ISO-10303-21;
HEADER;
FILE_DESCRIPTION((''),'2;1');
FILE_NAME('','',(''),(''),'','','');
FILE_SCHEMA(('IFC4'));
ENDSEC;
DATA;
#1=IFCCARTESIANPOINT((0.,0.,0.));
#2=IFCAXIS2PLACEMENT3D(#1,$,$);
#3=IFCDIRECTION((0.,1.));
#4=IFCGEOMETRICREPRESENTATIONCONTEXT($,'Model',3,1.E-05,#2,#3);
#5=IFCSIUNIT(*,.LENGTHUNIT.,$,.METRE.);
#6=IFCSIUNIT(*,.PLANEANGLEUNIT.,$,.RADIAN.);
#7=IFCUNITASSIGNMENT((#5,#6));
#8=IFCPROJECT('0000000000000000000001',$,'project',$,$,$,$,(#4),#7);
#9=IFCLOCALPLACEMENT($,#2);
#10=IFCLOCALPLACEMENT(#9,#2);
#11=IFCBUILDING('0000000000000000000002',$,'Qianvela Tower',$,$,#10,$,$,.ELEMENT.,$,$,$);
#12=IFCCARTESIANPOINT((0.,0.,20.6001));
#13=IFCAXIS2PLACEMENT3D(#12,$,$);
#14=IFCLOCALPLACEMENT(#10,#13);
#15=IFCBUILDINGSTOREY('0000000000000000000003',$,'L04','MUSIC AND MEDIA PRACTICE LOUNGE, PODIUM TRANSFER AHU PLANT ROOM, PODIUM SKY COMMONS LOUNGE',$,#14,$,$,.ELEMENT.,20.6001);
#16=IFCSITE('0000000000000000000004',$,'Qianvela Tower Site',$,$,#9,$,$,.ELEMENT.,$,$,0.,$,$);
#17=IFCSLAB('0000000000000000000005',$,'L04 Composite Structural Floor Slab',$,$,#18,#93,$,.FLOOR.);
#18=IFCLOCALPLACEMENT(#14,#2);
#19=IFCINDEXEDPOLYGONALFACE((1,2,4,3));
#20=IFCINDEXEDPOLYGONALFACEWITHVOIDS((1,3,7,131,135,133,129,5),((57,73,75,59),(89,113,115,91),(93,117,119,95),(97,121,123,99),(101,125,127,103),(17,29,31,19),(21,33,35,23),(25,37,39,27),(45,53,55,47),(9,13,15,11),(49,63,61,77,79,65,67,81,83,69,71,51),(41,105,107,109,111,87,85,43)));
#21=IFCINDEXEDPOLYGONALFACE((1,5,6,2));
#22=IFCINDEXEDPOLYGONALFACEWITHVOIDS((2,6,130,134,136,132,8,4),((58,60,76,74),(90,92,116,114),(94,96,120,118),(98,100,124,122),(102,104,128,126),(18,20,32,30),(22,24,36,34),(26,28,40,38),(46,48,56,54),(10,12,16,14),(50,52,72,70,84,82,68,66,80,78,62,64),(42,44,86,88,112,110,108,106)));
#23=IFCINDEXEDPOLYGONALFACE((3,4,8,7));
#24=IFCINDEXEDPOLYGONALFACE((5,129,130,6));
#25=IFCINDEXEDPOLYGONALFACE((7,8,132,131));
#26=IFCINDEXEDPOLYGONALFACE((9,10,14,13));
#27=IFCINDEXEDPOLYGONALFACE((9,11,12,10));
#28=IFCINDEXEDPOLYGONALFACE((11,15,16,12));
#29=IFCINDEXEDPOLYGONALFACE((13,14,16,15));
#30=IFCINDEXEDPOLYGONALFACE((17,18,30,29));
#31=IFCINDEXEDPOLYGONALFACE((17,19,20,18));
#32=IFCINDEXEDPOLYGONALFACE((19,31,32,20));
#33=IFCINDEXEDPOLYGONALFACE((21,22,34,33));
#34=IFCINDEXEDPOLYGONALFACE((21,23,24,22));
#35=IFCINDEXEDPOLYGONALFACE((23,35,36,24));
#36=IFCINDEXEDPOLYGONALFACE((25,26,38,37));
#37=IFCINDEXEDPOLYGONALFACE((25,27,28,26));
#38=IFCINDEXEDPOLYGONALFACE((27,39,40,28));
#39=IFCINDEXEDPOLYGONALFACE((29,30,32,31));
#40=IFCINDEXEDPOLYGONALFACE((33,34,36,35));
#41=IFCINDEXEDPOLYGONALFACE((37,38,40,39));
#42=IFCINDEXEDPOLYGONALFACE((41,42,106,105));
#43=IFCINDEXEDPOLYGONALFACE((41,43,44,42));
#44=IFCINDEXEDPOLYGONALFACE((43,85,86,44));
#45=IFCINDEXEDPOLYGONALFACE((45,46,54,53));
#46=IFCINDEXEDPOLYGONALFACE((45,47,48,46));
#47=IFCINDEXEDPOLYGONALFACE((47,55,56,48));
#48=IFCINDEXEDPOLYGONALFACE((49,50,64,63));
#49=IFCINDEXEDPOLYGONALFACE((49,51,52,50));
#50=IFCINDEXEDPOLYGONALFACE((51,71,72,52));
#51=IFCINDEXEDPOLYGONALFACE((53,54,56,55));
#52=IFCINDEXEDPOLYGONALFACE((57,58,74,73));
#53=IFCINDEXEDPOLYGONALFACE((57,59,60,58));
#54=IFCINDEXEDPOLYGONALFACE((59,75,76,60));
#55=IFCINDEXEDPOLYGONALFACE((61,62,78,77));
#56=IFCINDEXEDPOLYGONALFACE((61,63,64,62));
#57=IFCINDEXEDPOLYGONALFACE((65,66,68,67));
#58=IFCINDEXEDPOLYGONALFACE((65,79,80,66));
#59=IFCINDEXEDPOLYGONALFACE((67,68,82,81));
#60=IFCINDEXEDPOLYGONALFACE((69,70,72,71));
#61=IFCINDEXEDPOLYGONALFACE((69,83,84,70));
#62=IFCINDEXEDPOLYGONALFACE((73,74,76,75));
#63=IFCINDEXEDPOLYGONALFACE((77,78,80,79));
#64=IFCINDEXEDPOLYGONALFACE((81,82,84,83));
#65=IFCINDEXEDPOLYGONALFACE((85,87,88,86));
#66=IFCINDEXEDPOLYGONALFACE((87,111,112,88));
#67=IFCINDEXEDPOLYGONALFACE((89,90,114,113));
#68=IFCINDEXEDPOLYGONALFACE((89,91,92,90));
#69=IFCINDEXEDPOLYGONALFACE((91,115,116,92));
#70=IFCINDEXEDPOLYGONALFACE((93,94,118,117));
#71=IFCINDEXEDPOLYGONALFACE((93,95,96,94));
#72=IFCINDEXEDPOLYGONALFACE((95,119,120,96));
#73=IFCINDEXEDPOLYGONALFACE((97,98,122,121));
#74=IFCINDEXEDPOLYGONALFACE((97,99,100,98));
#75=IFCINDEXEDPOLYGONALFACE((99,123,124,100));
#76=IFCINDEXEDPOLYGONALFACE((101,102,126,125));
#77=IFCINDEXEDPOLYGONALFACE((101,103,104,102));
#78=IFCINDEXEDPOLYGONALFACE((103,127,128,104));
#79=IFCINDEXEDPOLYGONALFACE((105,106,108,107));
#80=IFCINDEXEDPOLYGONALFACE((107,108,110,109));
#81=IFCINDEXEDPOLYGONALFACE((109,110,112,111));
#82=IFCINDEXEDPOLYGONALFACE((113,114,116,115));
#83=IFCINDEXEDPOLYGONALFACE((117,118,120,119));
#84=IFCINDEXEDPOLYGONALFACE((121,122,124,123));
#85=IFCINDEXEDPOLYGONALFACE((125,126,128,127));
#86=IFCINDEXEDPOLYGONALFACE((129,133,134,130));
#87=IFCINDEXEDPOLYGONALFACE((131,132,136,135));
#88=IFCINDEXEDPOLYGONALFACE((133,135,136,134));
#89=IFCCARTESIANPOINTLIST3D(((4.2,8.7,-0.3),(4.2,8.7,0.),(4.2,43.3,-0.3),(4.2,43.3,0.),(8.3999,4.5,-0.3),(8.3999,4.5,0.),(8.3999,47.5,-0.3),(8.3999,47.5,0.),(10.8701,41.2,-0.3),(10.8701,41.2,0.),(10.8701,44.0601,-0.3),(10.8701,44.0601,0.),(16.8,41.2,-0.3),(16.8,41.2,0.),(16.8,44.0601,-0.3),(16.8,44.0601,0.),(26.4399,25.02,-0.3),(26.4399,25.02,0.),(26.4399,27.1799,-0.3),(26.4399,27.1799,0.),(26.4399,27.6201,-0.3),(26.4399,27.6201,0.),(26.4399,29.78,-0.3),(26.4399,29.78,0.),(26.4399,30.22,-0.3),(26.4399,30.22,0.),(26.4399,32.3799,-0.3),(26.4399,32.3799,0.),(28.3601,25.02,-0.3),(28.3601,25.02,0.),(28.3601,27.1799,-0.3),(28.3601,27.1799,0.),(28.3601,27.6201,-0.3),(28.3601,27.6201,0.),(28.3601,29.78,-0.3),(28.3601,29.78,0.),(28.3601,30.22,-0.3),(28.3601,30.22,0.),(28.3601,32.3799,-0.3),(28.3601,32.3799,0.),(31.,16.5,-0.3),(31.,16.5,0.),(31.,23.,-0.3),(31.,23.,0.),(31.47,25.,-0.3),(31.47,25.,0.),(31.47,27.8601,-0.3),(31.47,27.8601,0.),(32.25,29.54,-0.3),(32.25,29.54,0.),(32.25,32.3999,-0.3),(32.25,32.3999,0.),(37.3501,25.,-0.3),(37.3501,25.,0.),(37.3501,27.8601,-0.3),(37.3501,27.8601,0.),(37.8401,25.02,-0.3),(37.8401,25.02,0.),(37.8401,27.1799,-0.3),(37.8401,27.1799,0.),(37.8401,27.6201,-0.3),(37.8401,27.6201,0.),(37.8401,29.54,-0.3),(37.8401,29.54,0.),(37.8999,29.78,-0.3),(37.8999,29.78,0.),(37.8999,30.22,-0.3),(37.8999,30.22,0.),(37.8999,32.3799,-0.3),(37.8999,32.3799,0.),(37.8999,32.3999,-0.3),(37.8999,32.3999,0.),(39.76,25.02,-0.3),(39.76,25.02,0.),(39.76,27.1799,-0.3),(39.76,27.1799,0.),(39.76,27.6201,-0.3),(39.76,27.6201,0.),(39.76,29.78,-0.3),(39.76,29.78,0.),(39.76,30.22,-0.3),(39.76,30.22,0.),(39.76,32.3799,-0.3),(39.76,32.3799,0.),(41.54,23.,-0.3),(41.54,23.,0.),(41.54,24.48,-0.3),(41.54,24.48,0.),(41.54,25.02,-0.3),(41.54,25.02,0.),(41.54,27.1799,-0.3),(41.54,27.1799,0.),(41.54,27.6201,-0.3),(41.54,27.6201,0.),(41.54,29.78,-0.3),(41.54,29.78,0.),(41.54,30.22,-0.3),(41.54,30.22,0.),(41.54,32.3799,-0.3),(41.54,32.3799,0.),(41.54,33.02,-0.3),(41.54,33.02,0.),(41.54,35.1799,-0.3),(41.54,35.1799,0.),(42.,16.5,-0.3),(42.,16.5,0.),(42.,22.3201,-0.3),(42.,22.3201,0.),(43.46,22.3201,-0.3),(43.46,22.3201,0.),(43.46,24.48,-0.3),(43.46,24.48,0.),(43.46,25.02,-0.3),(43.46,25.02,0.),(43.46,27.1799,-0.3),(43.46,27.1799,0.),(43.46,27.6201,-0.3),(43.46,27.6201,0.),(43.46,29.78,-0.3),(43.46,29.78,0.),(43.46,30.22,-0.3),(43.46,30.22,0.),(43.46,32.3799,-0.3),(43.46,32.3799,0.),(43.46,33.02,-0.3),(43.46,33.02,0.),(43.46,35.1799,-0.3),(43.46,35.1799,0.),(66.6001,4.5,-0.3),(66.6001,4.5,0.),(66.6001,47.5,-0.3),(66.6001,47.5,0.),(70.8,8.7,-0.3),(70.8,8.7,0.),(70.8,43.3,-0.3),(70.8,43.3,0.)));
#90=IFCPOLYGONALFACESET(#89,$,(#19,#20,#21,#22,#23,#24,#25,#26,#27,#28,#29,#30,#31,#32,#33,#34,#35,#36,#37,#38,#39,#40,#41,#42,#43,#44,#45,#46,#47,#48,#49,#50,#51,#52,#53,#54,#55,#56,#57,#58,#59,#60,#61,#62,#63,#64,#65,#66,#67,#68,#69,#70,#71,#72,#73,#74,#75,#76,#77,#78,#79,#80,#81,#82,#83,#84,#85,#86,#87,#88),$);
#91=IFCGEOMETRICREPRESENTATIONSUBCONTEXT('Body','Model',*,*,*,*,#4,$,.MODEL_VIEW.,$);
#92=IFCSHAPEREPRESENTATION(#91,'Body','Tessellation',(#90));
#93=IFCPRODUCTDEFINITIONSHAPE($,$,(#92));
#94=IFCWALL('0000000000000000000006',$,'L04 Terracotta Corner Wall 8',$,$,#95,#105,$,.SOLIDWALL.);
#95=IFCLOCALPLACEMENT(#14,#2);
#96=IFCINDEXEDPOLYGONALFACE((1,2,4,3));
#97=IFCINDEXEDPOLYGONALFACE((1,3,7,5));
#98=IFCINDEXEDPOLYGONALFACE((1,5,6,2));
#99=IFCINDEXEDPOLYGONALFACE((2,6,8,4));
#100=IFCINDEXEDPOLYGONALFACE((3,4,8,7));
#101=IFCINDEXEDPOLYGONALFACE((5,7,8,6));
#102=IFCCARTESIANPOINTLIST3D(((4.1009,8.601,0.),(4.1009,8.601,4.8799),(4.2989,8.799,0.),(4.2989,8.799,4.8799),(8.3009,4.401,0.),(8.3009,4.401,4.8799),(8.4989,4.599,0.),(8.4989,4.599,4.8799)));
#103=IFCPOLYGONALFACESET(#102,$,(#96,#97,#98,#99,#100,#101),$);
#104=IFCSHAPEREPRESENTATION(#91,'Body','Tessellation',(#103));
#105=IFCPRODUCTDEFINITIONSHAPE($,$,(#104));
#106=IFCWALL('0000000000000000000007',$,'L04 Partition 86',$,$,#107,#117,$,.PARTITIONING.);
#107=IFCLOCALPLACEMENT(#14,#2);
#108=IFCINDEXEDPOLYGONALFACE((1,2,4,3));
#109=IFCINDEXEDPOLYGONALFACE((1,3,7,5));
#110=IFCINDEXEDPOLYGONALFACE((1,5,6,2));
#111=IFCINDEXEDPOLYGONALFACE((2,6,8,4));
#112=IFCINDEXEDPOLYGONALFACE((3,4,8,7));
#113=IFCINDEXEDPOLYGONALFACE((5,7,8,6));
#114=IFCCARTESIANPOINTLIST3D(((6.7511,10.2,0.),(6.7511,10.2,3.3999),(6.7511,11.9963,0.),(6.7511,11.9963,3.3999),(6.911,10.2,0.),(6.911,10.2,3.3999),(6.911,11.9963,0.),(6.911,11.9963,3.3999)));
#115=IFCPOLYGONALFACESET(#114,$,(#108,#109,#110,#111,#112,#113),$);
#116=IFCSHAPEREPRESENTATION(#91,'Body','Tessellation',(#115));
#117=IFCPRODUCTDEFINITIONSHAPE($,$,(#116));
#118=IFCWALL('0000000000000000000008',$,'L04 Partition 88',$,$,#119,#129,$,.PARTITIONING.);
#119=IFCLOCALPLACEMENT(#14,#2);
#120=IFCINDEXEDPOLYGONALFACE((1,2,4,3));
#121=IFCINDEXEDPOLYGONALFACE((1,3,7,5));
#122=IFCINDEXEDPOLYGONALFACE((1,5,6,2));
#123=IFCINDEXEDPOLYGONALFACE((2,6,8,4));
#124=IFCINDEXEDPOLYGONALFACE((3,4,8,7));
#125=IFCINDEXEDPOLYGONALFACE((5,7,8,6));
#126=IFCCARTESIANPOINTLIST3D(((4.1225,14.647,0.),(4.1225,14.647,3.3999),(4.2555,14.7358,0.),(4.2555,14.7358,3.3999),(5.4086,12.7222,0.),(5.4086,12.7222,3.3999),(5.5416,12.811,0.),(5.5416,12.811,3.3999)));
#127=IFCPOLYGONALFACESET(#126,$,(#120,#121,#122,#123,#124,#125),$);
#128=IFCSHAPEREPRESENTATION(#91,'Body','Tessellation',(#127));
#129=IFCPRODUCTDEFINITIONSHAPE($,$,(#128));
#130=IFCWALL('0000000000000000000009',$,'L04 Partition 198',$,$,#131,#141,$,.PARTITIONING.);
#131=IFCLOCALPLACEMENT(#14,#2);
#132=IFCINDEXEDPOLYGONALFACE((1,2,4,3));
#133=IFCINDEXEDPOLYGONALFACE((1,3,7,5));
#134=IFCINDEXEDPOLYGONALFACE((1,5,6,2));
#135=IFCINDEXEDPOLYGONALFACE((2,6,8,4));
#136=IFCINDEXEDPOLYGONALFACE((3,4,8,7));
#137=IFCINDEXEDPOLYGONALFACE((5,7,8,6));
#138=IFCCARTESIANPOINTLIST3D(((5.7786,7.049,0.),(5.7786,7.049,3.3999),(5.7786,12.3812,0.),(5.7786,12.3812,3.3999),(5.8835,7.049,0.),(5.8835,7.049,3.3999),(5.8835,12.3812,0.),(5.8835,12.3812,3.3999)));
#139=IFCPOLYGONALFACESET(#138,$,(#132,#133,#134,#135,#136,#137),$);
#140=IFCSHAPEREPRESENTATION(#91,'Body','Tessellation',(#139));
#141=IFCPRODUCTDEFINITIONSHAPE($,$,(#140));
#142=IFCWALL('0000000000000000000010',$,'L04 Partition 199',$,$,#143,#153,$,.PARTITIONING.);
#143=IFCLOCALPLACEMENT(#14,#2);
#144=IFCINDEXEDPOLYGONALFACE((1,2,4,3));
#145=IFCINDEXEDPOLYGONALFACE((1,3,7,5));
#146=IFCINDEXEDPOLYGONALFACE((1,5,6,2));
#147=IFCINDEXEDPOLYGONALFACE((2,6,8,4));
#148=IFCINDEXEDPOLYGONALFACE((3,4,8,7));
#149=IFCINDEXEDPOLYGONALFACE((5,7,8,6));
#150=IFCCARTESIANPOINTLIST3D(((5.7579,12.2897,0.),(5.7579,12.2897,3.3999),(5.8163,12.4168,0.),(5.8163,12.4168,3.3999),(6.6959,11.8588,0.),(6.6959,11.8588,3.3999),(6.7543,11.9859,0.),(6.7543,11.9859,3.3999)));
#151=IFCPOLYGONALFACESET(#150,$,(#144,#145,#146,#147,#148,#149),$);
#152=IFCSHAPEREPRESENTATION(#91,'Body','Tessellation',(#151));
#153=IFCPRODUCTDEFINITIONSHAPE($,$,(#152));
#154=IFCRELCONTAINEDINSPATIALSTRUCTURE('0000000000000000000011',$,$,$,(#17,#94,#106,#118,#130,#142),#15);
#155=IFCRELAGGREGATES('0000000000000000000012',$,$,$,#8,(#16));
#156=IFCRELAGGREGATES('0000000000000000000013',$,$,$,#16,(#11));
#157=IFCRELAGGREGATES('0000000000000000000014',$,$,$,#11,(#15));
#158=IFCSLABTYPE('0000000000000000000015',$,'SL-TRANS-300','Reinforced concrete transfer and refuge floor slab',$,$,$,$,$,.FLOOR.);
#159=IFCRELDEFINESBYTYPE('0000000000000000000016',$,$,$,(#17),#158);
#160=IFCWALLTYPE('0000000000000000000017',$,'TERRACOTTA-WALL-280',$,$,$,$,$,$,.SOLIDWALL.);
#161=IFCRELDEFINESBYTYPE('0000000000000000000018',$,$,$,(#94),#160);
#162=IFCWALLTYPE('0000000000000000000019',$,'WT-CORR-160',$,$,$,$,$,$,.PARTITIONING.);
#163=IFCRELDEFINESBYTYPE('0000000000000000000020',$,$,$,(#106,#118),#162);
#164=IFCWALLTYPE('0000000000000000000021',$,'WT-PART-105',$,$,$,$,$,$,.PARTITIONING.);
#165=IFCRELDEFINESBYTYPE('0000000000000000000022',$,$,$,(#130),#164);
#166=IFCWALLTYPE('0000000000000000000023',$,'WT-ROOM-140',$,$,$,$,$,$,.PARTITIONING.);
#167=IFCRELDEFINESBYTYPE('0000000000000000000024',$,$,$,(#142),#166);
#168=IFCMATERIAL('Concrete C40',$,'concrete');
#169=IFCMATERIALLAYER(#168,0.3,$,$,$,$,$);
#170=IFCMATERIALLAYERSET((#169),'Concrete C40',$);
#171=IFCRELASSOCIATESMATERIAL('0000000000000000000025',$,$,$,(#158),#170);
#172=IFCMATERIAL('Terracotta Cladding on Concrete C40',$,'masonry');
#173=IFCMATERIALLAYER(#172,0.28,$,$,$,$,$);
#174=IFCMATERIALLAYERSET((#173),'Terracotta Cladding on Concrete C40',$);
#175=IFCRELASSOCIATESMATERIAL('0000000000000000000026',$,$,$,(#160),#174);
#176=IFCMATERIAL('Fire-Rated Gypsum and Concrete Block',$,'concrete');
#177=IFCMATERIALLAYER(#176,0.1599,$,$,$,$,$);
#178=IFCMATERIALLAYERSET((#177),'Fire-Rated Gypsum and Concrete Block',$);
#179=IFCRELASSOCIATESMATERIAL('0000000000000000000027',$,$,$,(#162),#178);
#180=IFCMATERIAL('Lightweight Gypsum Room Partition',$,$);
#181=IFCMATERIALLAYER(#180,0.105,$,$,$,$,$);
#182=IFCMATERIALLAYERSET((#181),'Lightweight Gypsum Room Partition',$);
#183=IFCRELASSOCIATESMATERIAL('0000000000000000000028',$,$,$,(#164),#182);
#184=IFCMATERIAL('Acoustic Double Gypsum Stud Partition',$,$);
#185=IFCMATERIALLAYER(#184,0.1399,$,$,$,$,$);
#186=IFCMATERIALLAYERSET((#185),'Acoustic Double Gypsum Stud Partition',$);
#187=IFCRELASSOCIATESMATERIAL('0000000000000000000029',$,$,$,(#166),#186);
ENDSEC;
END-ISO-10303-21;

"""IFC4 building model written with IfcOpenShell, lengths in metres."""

from ifc_helpers import new_model, si_unit, direction, frame, frame_2d, origin, place, context, subcontext, project, spatial, polyline, rectangle, outline, extrude, material, layer, layer_set, type_object, element, save


model = new_model("IFC4")

# Units and contexts
model_context = context("Model", 3, precision=1e-05, world=origin(), true_north=direction((0.0, 1.0)))
body_context = subcontext(model_context, "Body", "Model", "MODEL_VIEW")
ifc_project = project(units=[si_unit("LENGTHUNIT", "METRE"), si_unit("PLANEANGLEUNIT", "RADIAN")], contexts=[model_context])

# Site, building, storey
site_placement = place(None, origin())
site = spatial("IfcSite", under=ifc_project, at=site_placement, Name="Qianvela Tower Site", CompositionType="ELEMENT", RefElevation=0.0)
building_placement = place(site_placement, origin())
building = spatial("IfcBuilding", under=site, at=building_placement, Name="Qianvela Tower", CompositionType="ELEMENT")
storey_placement = place(building_placement, frame((0.0, 0.0, 20.6001)))
storey = spatial("IfcBuildingStorey", under=building, at=storey_placement, Name="L04", Description="MUSIC AND MEDIA PRACTICE LOUNGE, PODIUM TRANSFER AHU PLANT ROOM, PODIUM SKY COMMONS LOUNGE", CompositionType="ELEMENT", Elevation=20.6001)

# Slab
ifc_material_1 = material(Name="Concrete C40", Category="concrete")
ifc_layer_1 = layer(ifc_material_1, 0.3)
ifc_layer_set_1 = layer_set([ifc_layer_1], Name="Concrete C40")
slab_type_1 = type_object("IfcSlabType", Name="SL-TRANS-300", Description="Reinforced concrete transfer and refuge floor slab", PredefinedType="FLOOR", material=ifc_layer_set_1)
slab_1_placement = place(storey_placement, frame((0.0, 0.0, -0.3)))
element("IfcSlab", 1, at=slab_1_placement, inside=storey, type_object=slab_type_1, Name="L04 Composite Structural Floor Slab", PredefinedType="FLOOR", context=body_context, shape_type="SweptSolid", body=[
    extrude(outline(polyline([(8.3999, 4.5), (66.6001, 4.5), (70.8, 8.7), (70.8, 43.3), (66.6001, 47.5), (8.3999, 47.5), (4.2, 43.3), (4.2, 8.7), (8.3999, 4.5)]), holes=[polyline([(42.0, 22.3201), (43.46, 22.3201), (43.46, 24.48), (41.54, 24.48), (41.54, 23.0), (31.0, 23.0), (31.0, 16.5), (42.0, 16.5), (42.0, 22.3201)]), polyline([(28.3601, 25.02), (28.3601, 27.1799), (26.4399, 27.1799), (26.4399, 25.02), (28.3601, 25.02)]), polyline([(37.3501, 25.0), (37.3501, 27.8601), (31.47, 27.8601), (31.47, 25.0), (37.3501, 25.0)]), polyline([(28.3601, 27.6201), (28.3601, 29.78), (26.4399, 29.78), (26.4399, 27.6201), (28.3601, 27.6201)]), polyline([(37.8999, 32.3799), (37.8999, 32.3999), (32.25, 32.3999), (32.25, 29.54), (37.8401, 29.54), (37.8401, 27.6201), (39.76, 27.6201), (39.76, 29.78), (37.8999, 29.78), (37.8999, 30.22), (39.76, 30.22), (39.76, 32.3799), (37.8999, 32.3799)]), polyline([(28.3601, 30.22), (28.3601, 32.3799), (26.4399, 32.3799), (26.4399, 30.22), (28.3601, 30.22)]), polyline([(16.8, 41.2), (16.8, 44.0601), (10.8701, 44.0601), (10.8701, 41.2), (16.8, 41.2)]), polyline([(39.76, 25.02), (39.76, 27.1799), (37.8401, 27.1799), (37.8401, 25.02), (39.76, 25.02)]), polyline([(43.46, 25.02), (43.46, 27.1799), (41.54, 27.1799), (41.54, 25.02), (43.46, 25.02)]), polyline([(43.46, 27.6201), (43.46, 29.78), (41.54, 29.78), (41.54, 27.6201), (43.46, 27.6201)]), polyline([(43.46, 30.22), (43.46, 32.3799), (41.54, 32.3799), (41.54, 30.22), (43.46, 30.22)]), polyline([(43.46, 33.02), (43.46, 35.1799), (41.54, 35.1799), (41.54, 33.02), (43.46, 33.02)])]), origin(), (0.0, 0.0, 1.0), 0.3),
])

# Walls
ifc_material_2 = material(Name="Terracotta Cladding on Concrete C40", Category="masonry")
ifc_layer_2 = layer(ifc_material_2, 0.28)
ifc_layer_set_2 = layer_set([ifc_layer_2], Name="Terracotta Cladding on Concrete C40")
wall_type_1 = type_object("IfcWallType", Name="TERRACOTTA-WALL-280", PredefinedType="SOLIDWALL", material=ifc_layer_set_2)
wall_1_placement = place(storey_placement, frame((4.2, 8.7, 0.0), z_axis=(0.0, 0.0, 1.0), x_axis=(0.707107, -0.707107, 0.0)))
element("IfcWall", 2, at=wall_1_placement, inside=storey, type_object=wall_type_1, Name="L04 Terracotta Corner Wall 8", PredefinedType="SOLIDWALL", context=body_context, shape_type="SweptSolid", body=[
    extrude(rectangle(XDim=5.9397, YDim=0.28, at=frame_2d((2.9697, 0.0))), origin(), (0.0, 0.0, 1.0), 4.8799),
])
ifc_material_3 = material(Name="Fire-Rated Gypsum and Concrete Block", Category="concrete")
ifc_layer_3 = layer(ifc_material_3, 0.1599)
ifc_layer_set_3 = layer_set([ifc_layer_3], Name="Fire-Rated Gypsum and Concrete Block")
wall_type_2 = type_object("IfcWallType", Name="WT-CORR-160", PredefinedType="PARTITIONING", material=ifc_layer_set_3)
wall_2_placement = place(storey_placement, frame((6.8311, 10.2, 0.0), z_axis=(0.0, 0.0, 1.0), x_axis=(0.0, 1.0, 0.0)))
element("IfcWall", 3, at=wall_2_placement, inside=storey, type_object=wall_type_2, Name="L04 Partition 86", PredefinedType="PARTITIONING", context=body_context, shape_type="SweptSolid", body=[
    extrude(rectangle(XDim=1.7964, YDim=0.1599, at=frame_2d((0.8982, 0.0))), origin(), (0.0, 0.0, 1.0), 3.3999),
])
wall_3_placement = place(storey_placement, frame((5.4751, 12.7666, 0.0), z_axis=(0.0, 0.0, 1.0), x_axis=(-0.555576, 0.831466, 0.0)))
element("IfcWall", 4, at=wall_3_placement, inside=storey, type_object=wall_type_2, Name="L04 Partition 88", PredefinedType="PARTITIONING", context=body_context, shape_type="SweptSolid", body=[
    extrude(rectangle(XDim=2.3149, YDim=0.1599, at=frame_2d((1.1575, 0.0))), origin(), (0.0, 0.0, 1.0), 3.3999),
])
ifc_material_4 = material(Name="Lightweight Gypsum Room Partition")
ifc_layer_4 = layer(ifc_material_4, 0.105)
ifc_layer_set_4 = layer_set([ifc_layer_4], Name="Lightweight Gypsum Room Partition")
wall_type_3 = type_object("IfcWallType", Name="WT-PART-105", PredefinedType="PARTITIONING", material=ifc_layer_set_4)
wall_4_placement = place(storey_placement, frame((5.8311, 7.0491, 0.0), z_axis=(0.0, 0.0, 1.0), x_axis=(0.0, 1.0, 0.0)))
element("IfcWall", 5, at=wall_4_placement, inside=storey, type_object=wall_type_3, Name="L04 Partition 198", PredefinedType="PARTITIONING", context=body_context, shape_type="SweptSolid", body=[
    extrude(rectangle(XDim=5.3323, YDim=0.105, at=frame_2d((2.666, 0.0))), origin(), (0.0, 0.0, 1.0), 3.3999),
])
ifc_material_5 = material(Name="Acoustic Double Gypsum Stud Partition")
ifc_layer_5 = layer(ifc_material_5, 0.1399)
ifc_layer_set_5 = layer_set([ifc_layer_5], Name="Acoustic Double Gypsum Stud Partition")
wall_type_4 = type_object("IfcWallType", Name="WT-ROOM-140", PredefinedType="PARTITIONING", material=ifc_layer_set_5)
wall_5_placement = place(storey_placement, frame((5.7871, 12.3533, 0.0), z_axis=(0.0, 0.0, 1.0), x_axis=(0.908699, -0.417453, 0.0)))
element("IfcWall", 6, at=wall_5_placement, inside=storey, type_object=wall_type_4, Name="L04 Partition 199", PredefinedType="PARTITIONING", context=body_context, shape_type="SweptSolid", body=[
    extrude(rectangle(XDim=1.0322, YDim=0.1399, at=frame_2d((0.5161, 0.0))), origin(), (0.0, 0.0, 1.0), 3.3999),
])

save(model, "model.ifc")
